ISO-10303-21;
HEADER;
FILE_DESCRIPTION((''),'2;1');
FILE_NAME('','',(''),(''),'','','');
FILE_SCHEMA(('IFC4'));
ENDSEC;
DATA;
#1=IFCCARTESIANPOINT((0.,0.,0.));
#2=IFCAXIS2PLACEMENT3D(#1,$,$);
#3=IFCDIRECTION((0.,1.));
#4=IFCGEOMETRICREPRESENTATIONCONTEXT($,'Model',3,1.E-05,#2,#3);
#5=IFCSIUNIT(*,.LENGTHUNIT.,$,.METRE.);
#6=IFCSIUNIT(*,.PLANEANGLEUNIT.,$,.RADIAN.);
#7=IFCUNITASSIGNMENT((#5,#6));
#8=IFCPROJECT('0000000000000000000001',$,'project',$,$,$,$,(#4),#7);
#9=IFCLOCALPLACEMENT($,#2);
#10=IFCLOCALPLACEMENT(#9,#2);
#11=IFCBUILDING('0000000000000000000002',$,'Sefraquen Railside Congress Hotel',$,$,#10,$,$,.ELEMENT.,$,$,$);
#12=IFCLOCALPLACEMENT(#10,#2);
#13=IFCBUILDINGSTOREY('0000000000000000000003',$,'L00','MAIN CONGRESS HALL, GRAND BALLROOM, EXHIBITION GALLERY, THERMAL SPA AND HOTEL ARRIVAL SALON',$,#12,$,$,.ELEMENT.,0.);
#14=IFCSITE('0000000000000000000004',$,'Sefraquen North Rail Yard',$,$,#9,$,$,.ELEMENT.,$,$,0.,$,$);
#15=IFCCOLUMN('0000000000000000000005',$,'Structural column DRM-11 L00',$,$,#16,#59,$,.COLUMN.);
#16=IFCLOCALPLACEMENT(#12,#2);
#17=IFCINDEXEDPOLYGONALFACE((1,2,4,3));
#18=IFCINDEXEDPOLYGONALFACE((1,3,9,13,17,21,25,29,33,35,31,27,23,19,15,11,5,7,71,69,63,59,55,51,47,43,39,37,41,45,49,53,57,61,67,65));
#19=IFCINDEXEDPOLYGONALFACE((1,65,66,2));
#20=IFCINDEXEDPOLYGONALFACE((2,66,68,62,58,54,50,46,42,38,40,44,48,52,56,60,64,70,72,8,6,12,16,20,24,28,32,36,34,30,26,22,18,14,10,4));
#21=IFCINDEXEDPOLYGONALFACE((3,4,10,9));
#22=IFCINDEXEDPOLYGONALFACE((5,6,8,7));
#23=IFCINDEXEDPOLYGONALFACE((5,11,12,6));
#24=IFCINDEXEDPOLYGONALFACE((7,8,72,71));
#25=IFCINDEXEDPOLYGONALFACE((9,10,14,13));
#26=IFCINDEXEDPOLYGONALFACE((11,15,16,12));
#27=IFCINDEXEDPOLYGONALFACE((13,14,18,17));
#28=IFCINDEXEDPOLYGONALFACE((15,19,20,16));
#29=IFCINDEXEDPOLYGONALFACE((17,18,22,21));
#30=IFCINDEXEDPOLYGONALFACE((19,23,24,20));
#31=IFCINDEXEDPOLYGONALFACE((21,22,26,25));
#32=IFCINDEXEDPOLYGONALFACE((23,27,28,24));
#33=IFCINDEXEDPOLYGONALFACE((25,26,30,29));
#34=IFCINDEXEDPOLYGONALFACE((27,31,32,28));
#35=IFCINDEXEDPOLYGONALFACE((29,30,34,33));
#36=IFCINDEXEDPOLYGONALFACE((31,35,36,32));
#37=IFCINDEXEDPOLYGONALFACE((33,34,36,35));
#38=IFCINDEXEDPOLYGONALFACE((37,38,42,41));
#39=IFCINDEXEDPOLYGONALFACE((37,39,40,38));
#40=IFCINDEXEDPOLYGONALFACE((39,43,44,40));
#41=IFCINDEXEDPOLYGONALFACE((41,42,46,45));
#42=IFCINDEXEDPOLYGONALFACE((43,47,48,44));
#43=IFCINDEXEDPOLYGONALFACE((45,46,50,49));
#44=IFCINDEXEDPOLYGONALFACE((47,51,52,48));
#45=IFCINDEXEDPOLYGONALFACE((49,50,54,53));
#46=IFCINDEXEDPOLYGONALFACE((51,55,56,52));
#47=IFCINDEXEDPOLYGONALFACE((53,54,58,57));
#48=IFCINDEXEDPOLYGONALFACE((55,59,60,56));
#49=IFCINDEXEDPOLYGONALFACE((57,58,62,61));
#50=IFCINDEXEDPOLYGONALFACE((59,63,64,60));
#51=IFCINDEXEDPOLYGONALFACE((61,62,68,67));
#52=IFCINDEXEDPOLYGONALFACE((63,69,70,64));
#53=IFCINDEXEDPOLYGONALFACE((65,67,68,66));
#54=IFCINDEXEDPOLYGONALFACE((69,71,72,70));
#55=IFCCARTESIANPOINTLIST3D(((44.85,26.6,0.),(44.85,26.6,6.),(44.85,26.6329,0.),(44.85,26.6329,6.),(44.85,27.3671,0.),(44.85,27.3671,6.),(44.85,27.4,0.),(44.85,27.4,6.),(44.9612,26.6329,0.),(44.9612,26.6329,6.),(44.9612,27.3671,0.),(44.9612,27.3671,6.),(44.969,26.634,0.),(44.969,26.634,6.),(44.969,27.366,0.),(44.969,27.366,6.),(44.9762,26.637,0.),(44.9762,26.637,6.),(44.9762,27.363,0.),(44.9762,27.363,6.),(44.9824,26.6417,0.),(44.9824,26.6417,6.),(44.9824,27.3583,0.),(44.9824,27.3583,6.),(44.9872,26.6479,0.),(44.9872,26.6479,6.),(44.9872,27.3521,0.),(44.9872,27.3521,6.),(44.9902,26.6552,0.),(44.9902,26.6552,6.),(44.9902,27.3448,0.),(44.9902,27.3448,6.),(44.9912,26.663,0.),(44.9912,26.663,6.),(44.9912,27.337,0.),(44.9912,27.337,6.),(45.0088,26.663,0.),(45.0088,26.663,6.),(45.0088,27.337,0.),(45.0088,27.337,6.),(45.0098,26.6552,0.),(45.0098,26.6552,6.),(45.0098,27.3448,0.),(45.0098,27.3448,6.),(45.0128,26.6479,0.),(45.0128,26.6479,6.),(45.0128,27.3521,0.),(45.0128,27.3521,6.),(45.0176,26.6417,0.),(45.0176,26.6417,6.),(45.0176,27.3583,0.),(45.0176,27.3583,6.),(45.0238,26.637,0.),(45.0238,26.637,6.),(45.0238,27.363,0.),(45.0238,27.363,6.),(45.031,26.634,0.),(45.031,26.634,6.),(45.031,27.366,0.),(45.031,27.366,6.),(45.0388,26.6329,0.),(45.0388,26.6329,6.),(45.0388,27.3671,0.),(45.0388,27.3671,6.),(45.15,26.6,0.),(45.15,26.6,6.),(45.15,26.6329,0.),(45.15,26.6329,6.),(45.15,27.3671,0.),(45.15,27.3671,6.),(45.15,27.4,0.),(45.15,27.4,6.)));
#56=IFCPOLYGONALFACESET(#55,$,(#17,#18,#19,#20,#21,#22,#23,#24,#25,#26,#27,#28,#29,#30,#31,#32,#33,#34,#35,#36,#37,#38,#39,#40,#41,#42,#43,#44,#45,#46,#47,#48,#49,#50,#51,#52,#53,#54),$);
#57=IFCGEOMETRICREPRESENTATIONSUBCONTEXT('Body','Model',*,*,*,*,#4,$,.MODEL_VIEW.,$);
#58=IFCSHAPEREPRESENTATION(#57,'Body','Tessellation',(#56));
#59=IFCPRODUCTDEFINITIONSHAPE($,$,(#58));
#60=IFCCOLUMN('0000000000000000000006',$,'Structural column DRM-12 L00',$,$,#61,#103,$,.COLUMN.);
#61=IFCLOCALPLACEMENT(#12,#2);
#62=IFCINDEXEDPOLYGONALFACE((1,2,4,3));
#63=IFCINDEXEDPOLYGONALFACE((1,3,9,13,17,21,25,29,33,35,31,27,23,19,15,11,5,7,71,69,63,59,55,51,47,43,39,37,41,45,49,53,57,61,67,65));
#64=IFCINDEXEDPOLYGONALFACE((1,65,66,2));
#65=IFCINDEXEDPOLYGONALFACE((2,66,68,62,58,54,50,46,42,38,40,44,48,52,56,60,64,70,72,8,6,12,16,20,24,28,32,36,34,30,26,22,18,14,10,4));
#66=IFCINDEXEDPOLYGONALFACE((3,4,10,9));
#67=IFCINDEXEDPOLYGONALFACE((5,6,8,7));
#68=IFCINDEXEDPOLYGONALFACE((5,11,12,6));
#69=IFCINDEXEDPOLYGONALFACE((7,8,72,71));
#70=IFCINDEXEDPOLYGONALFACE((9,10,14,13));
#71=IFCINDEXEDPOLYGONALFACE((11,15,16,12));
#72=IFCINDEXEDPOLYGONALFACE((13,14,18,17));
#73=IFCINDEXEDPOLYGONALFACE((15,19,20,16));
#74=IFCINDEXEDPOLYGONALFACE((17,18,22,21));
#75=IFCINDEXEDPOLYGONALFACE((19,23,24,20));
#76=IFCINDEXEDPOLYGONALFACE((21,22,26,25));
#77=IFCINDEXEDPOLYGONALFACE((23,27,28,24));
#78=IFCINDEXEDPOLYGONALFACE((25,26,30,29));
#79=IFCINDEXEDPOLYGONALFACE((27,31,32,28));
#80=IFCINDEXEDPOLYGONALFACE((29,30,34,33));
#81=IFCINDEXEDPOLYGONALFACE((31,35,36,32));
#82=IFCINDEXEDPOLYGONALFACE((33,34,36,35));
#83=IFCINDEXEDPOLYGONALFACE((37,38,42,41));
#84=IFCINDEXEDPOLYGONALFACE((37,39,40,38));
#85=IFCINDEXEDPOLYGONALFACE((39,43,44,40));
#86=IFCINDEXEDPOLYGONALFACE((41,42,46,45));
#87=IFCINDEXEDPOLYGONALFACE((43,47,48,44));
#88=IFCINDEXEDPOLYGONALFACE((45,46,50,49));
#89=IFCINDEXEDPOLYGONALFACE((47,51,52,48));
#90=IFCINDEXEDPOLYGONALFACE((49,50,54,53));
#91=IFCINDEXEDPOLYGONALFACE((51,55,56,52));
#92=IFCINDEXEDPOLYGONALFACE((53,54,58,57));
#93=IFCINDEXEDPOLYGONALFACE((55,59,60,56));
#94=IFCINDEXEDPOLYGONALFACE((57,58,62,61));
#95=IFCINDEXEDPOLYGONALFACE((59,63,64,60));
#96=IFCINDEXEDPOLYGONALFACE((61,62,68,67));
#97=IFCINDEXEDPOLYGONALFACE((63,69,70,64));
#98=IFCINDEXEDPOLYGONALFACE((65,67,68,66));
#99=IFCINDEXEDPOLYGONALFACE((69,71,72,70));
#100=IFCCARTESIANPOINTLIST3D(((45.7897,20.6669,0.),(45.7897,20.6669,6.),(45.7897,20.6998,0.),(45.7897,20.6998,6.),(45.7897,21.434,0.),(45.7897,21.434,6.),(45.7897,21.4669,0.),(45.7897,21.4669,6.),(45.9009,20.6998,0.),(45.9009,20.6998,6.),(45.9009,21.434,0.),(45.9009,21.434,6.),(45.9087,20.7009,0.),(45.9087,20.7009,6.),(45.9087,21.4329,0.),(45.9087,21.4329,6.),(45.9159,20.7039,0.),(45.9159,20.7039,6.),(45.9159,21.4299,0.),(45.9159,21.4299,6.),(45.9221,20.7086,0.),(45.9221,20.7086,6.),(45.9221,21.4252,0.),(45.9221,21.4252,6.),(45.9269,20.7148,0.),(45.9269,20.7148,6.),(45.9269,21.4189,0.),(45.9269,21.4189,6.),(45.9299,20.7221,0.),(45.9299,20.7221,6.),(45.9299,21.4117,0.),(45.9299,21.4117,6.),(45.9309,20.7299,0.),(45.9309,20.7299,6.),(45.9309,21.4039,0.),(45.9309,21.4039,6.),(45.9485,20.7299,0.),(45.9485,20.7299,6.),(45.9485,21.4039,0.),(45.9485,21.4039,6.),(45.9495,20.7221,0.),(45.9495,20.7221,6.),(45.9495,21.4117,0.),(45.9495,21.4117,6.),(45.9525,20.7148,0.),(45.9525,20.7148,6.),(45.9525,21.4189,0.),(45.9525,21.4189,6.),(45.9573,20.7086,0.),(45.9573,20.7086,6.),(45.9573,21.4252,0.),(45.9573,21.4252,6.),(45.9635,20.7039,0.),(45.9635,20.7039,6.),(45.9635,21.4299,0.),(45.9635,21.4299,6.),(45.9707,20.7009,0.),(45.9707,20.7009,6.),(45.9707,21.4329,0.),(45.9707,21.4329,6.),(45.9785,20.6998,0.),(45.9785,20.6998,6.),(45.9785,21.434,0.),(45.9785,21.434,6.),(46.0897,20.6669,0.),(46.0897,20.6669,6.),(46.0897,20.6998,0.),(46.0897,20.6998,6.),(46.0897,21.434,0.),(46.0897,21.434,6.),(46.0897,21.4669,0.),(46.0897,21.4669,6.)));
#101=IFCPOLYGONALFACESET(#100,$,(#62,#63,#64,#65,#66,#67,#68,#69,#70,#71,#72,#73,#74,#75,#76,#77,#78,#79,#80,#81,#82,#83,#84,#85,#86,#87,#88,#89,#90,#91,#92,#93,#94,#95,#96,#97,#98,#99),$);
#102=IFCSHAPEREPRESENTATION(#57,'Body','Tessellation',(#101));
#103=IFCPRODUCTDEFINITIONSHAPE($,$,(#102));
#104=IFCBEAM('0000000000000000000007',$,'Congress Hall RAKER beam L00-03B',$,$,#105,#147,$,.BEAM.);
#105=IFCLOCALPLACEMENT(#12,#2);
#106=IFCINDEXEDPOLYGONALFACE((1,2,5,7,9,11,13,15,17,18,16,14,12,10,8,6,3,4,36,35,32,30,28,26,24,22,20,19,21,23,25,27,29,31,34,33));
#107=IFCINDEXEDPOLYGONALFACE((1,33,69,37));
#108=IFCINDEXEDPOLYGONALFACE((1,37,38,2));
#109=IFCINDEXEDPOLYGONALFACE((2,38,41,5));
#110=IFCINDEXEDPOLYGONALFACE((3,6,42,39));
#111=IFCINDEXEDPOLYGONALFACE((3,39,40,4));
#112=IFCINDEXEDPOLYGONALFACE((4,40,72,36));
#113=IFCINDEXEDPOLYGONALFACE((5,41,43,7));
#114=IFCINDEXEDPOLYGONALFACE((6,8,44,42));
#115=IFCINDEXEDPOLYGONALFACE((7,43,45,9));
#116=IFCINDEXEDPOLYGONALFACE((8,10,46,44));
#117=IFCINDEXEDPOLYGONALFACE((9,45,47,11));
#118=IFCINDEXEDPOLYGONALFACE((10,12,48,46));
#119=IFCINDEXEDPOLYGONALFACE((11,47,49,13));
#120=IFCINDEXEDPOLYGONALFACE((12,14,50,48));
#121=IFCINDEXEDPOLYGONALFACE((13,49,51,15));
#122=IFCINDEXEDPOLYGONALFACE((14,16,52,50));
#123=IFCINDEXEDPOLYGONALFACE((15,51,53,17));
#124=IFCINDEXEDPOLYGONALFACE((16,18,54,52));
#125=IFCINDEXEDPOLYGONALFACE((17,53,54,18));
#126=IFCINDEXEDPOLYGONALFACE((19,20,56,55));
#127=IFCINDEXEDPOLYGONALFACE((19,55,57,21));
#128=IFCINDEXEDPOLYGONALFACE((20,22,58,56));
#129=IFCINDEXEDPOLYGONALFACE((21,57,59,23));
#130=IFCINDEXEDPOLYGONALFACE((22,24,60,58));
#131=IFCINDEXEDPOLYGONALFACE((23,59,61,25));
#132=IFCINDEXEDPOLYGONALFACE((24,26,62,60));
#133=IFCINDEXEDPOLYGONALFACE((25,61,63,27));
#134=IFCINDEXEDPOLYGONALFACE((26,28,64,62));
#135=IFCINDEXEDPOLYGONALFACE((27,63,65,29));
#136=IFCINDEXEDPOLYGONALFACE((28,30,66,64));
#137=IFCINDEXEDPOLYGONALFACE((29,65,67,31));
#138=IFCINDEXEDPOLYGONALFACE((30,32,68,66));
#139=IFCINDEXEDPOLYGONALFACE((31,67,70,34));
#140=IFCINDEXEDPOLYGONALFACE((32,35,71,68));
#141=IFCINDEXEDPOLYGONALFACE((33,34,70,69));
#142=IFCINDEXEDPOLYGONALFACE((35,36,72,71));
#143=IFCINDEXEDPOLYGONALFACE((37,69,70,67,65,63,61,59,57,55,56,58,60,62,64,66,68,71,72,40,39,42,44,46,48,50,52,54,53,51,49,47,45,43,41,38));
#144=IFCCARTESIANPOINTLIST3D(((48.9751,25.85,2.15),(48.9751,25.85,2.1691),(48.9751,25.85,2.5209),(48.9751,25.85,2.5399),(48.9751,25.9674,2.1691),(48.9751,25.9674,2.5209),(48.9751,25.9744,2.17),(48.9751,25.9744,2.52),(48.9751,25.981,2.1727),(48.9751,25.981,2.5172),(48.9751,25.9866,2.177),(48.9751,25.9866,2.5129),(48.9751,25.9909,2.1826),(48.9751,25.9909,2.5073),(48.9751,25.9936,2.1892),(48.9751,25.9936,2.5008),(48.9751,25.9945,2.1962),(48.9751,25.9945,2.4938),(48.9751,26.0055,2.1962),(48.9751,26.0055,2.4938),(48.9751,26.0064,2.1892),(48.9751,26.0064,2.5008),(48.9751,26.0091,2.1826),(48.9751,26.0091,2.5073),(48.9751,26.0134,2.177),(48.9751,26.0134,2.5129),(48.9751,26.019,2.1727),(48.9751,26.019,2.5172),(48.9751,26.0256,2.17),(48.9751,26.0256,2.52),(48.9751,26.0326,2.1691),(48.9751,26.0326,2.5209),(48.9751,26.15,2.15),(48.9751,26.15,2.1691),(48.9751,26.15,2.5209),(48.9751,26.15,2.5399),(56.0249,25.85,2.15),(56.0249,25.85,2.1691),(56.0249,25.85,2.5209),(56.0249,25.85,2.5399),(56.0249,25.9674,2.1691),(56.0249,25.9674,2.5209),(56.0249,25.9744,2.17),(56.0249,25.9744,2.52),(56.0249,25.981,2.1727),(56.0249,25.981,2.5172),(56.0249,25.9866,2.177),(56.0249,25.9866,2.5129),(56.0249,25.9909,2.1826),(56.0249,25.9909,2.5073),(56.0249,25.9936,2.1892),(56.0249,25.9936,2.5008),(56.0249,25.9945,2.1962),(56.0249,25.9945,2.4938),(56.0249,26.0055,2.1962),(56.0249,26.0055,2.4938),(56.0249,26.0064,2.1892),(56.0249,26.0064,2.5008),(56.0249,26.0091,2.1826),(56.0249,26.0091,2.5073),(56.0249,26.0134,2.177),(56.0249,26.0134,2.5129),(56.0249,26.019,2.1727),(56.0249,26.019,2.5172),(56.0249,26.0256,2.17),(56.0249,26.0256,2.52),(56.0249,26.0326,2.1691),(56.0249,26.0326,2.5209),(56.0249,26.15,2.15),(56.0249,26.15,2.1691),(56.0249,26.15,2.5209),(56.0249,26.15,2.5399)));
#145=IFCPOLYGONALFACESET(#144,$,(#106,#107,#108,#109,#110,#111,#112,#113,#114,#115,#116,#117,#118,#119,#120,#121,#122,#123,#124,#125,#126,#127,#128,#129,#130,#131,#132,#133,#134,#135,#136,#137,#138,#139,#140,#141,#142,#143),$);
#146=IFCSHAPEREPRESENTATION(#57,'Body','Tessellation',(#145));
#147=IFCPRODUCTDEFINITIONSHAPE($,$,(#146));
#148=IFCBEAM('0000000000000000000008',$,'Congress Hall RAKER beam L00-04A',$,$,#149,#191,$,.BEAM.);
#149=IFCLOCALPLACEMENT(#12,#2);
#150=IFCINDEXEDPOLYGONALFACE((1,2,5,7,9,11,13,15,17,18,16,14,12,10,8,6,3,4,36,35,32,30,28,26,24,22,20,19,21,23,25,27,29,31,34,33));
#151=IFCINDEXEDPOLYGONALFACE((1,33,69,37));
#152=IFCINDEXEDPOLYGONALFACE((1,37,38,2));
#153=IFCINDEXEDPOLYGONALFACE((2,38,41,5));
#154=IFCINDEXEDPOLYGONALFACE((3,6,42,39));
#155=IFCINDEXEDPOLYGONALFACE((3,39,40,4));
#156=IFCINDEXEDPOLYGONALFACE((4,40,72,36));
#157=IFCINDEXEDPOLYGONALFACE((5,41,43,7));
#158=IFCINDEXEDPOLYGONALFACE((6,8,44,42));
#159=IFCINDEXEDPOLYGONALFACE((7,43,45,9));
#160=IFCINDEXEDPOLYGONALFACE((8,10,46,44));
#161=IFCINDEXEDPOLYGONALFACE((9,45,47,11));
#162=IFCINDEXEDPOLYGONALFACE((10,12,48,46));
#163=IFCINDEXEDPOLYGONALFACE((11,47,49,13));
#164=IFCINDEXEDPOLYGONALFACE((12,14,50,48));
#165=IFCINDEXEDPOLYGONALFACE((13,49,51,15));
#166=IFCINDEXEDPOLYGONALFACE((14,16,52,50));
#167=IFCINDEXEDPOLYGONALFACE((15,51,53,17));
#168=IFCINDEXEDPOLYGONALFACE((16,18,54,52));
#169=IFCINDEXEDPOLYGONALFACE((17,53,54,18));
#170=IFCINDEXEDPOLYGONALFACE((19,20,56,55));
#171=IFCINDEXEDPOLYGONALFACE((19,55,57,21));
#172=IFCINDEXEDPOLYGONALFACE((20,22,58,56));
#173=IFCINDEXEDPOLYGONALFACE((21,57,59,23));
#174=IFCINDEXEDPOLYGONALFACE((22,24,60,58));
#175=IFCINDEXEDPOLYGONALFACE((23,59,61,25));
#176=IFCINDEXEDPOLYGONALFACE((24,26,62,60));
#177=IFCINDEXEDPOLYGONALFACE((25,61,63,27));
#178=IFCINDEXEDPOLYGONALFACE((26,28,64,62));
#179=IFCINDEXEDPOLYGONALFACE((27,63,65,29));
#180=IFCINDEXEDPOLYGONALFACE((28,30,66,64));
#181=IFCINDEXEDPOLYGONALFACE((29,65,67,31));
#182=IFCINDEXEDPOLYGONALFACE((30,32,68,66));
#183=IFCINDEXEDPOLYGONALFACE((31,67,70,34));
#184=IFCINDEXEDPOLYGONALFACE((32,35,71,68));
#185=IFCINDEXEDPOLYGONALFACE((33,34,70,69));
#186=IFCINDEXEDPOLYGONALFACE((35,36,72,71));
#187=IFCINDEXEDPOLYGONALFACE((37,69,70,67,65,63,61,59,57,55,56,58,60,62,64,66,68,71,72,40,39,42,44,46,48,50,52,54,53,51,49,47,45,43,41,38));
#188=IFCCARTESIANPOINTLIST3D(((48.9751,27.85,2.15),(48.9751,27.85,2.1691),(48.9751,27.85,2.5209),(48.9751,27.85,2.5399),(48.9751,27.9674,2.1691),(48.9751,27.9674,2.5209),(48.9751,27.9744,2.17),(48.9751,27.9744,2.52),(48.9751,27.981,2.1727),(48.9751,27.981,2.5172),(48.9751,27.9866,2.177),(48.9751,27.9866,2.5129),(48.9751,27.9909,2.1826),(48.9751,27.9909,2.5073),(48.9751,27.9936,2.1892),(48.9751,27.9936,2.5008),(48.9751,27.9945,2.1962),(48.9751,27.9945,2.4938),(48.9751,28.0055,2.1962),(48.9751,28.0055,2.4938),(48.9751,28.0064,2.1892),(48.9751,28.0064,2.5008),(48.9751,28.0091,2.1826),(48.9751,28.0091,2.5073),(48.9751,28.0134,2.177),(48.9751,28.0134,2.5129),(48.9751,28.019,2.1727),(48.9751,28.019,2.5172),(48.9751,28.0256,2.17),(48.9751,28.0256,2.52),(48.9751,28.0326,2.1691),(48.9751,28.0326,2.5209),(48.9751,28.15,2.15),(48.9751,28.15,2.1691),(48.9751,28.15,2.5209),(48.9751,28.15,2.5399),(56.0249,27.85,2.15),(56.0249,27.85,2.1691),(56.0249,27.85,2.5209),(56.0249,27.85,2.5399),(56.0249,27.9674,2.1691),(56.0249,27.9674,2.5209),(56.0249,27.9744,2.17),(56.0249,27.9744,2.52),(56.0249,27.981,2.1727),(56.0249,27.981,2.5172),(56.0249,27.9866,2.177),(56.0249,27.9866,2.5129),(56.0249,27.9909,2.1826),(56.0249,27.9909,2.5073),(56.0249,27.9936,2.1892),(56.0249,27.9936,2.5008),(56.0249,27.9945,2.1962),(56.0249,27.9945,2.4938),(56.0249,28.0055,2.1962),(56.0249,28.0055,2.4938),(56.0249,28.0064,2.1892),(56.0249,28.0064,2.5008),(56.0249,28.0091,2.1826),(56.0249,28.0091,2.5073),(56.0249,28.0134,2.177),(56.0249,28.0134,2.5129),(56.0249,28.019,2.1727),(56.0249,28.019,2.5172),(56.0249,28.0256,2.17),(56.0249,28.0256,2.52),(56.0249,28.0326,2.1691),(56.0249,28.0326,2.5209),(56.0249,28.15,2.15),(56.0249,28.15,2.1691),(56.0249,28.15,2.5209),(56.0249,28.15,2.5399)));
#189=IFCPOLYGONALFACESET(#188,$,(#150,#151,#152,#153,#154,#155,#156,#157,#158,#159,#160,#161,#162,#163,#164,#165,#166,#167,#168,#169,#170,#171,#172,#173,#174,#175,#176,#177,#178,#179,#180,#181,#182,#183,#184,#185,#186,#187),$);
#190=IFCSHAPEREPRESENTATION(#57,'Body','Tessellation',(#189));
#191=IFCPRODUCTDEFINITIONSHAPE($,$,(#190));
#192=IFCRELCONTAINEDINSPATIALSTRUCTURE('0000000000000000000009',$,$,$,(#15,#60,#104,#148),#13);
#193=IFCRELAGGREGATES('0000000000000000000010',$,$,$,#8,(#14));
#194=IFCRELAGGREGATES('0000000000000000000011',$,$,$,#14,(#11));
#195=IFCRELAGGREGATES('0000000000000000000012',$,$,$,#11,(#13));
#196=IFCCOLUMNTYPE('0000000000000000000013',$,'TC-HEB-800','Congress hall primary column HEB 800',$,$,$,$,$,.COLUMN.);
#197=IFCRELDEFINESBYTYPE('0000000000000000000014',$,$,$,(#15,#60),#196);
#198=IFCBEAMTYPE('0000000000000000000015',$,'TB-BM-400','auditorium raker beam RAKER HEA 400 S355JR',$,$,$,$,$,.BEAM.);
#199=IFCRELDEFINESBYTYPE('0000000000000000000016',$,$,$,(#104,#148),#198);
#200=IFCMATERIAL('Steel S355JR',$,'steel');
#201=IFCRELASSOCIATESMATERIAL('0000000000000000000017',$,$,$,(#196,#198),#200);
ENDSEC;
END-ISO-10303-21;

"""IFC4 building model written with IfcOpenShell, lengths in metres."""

from ifc_helpers import new_model, si_unit, direction, frame, origin, origin_2d, place, context, subcontext, project, spatial, i_section, extrude, material, material_profile, profile_set, type_object, element, save


model = new_model("IFC4")

# Units and contexts
model_context = context("Model", 3, precision=1e-05, world=origin(), true_north=direction((0.0, 1.0)))
body_context = subcontext(model_context, "Body", "Model", "MODEL_VIEW")
ifc_project = project(units=[si_unit("LENGTHUNIT", "METRE"), si_unit("PLANEANGLEUNIT", "RADIAN")], contexts=[model_context])

# Site, building, storey
site_placement = place(None, origin())
site = spatial("IfcSite", under=ifc_project, at=site_placement, Name="Sefraquen North Rail Yard", CompositionType="ELEMENT", RefElevation=0.0)
building_placement = place(site_placement, origin())
building = spatial("IfcBuilding", under=site, at=building_placement, Name="Sefraquen Railside Congress Hotel", CompositionType="ELEMENT")
storey_placement = place(building_placement, origin())
storey = spatial("IfcBuildingStorey", under=building, at=storey_placement, Name="L00", Description="MAIN CONGRESS HALL, GRAND BALLROOM, EXHIBITION GALLERY, THERMAL SPA AND HOTEL ARRIVAL SALON", CompositionType="ELEMENT", Elevation=0.0)

# Columns
ifc_material_1 = material(Name="Steel S355JR", Category="steel")
ifc_material_profile_1 = material_profile(ifc_material_1, i_section(OverallWidth=0.3, OverallDepth=0.8, WebThickness=0.0176, FlangeThickness=0.033, FilletRadius=0.03, at=origin_2d()), Name="HEB 800")
ifc_profile_set_1 = profile_set([ifc_material_profile_1], Name="Steel S355JR")
column_type = type_object("IfcColumnType", Name="TC-HEB-800", Description="Congress hall primary column HEB 800", PredefinedType="COLUMN", material=ifc_profile_set_1)
for number, where, z_axis, x_axis, name in (
    (1, (45.0, 27.0, 0.0), (0.0, 0.0, 1.0), (1.0, 0.0, 0.0), "Structural column DRM-11 L00"),
    (2, (45.9397, 21.0669, 0.0), (0.0, 0.0, 1.0), (1.0, 0.0, 0.0), "Structural column DRM-12 L00"),
):
    element("IfcColumn", number, at=place(storey_placement, frame(where, z_axis=z_axis, x_axis=x_axis)), inside=storey, type_object=column_type, Name=name, PredefinedType="COLUMN", context=body_context, shape_type="SweptSolid", body=[
        extrude(i_section(OverallWidth=0.3, OverallDepth=0.8, WebThickness=0.0176, FlangeThickness=0.033, FilletRadius=0.03, at=origin_2d()), origin(), (0.0, 0.0, 1.0), 6.0),
    ])

# Beams
ifc_material_profile_2 = material_profile(ifc_material_1, i_section(OverallWidth=0.3, OverallDepth=0.3899, WebThickness=0.011, FlangeThickness=0.019, FilletRadius=0.0271, at=origin_2d()), Name="HEA 400")
ifc_profile_set_2 = profile_set([ifc_material_profile_2], Name="Steel S355JR")
beam_type_1 = type_object("IfcBeamType", Name="TB-BM-400", Description="auditorium raker beam RAKER HEA 400 S355JR", PredefinedType="BEAM", material=ifc_profile_set_2)
for number, where, z_axis, x_axis, name in (
    (3, (48.9751, 26.0, 2.345), (1.0, 0.0, 0.0), (0.0, 1.0, 0.0), "Congress Hall RAKER beam L00-03B"),
    (4, (48.9751, 28.0, 2.345), (1.0, 0.0, 0.0), (0.0, 1.0, 0.0), "Congress Hall RAKER beam L00-04A"),
):
    element("IfcBeam", number, at=place(storey_placement, frame(where, z_axis=z_axis, x_axis=x_axis)), inside=storey, type_object=beam_type_1, Name=name, PredefinedType="BEAM", context=body_context, shape_type="SweptSolid", body=[
        extrude(i_section(OverallWidth=0.3, OverallDepth=0.3899, WebThickness=0.011, FlangeThickness=0.019, FilletRadius=0.0271, at=origin_2d()), origin(), (0.0, 0.0, 1.0), 7.0498),
    ])

save(model, "model.ifc")
